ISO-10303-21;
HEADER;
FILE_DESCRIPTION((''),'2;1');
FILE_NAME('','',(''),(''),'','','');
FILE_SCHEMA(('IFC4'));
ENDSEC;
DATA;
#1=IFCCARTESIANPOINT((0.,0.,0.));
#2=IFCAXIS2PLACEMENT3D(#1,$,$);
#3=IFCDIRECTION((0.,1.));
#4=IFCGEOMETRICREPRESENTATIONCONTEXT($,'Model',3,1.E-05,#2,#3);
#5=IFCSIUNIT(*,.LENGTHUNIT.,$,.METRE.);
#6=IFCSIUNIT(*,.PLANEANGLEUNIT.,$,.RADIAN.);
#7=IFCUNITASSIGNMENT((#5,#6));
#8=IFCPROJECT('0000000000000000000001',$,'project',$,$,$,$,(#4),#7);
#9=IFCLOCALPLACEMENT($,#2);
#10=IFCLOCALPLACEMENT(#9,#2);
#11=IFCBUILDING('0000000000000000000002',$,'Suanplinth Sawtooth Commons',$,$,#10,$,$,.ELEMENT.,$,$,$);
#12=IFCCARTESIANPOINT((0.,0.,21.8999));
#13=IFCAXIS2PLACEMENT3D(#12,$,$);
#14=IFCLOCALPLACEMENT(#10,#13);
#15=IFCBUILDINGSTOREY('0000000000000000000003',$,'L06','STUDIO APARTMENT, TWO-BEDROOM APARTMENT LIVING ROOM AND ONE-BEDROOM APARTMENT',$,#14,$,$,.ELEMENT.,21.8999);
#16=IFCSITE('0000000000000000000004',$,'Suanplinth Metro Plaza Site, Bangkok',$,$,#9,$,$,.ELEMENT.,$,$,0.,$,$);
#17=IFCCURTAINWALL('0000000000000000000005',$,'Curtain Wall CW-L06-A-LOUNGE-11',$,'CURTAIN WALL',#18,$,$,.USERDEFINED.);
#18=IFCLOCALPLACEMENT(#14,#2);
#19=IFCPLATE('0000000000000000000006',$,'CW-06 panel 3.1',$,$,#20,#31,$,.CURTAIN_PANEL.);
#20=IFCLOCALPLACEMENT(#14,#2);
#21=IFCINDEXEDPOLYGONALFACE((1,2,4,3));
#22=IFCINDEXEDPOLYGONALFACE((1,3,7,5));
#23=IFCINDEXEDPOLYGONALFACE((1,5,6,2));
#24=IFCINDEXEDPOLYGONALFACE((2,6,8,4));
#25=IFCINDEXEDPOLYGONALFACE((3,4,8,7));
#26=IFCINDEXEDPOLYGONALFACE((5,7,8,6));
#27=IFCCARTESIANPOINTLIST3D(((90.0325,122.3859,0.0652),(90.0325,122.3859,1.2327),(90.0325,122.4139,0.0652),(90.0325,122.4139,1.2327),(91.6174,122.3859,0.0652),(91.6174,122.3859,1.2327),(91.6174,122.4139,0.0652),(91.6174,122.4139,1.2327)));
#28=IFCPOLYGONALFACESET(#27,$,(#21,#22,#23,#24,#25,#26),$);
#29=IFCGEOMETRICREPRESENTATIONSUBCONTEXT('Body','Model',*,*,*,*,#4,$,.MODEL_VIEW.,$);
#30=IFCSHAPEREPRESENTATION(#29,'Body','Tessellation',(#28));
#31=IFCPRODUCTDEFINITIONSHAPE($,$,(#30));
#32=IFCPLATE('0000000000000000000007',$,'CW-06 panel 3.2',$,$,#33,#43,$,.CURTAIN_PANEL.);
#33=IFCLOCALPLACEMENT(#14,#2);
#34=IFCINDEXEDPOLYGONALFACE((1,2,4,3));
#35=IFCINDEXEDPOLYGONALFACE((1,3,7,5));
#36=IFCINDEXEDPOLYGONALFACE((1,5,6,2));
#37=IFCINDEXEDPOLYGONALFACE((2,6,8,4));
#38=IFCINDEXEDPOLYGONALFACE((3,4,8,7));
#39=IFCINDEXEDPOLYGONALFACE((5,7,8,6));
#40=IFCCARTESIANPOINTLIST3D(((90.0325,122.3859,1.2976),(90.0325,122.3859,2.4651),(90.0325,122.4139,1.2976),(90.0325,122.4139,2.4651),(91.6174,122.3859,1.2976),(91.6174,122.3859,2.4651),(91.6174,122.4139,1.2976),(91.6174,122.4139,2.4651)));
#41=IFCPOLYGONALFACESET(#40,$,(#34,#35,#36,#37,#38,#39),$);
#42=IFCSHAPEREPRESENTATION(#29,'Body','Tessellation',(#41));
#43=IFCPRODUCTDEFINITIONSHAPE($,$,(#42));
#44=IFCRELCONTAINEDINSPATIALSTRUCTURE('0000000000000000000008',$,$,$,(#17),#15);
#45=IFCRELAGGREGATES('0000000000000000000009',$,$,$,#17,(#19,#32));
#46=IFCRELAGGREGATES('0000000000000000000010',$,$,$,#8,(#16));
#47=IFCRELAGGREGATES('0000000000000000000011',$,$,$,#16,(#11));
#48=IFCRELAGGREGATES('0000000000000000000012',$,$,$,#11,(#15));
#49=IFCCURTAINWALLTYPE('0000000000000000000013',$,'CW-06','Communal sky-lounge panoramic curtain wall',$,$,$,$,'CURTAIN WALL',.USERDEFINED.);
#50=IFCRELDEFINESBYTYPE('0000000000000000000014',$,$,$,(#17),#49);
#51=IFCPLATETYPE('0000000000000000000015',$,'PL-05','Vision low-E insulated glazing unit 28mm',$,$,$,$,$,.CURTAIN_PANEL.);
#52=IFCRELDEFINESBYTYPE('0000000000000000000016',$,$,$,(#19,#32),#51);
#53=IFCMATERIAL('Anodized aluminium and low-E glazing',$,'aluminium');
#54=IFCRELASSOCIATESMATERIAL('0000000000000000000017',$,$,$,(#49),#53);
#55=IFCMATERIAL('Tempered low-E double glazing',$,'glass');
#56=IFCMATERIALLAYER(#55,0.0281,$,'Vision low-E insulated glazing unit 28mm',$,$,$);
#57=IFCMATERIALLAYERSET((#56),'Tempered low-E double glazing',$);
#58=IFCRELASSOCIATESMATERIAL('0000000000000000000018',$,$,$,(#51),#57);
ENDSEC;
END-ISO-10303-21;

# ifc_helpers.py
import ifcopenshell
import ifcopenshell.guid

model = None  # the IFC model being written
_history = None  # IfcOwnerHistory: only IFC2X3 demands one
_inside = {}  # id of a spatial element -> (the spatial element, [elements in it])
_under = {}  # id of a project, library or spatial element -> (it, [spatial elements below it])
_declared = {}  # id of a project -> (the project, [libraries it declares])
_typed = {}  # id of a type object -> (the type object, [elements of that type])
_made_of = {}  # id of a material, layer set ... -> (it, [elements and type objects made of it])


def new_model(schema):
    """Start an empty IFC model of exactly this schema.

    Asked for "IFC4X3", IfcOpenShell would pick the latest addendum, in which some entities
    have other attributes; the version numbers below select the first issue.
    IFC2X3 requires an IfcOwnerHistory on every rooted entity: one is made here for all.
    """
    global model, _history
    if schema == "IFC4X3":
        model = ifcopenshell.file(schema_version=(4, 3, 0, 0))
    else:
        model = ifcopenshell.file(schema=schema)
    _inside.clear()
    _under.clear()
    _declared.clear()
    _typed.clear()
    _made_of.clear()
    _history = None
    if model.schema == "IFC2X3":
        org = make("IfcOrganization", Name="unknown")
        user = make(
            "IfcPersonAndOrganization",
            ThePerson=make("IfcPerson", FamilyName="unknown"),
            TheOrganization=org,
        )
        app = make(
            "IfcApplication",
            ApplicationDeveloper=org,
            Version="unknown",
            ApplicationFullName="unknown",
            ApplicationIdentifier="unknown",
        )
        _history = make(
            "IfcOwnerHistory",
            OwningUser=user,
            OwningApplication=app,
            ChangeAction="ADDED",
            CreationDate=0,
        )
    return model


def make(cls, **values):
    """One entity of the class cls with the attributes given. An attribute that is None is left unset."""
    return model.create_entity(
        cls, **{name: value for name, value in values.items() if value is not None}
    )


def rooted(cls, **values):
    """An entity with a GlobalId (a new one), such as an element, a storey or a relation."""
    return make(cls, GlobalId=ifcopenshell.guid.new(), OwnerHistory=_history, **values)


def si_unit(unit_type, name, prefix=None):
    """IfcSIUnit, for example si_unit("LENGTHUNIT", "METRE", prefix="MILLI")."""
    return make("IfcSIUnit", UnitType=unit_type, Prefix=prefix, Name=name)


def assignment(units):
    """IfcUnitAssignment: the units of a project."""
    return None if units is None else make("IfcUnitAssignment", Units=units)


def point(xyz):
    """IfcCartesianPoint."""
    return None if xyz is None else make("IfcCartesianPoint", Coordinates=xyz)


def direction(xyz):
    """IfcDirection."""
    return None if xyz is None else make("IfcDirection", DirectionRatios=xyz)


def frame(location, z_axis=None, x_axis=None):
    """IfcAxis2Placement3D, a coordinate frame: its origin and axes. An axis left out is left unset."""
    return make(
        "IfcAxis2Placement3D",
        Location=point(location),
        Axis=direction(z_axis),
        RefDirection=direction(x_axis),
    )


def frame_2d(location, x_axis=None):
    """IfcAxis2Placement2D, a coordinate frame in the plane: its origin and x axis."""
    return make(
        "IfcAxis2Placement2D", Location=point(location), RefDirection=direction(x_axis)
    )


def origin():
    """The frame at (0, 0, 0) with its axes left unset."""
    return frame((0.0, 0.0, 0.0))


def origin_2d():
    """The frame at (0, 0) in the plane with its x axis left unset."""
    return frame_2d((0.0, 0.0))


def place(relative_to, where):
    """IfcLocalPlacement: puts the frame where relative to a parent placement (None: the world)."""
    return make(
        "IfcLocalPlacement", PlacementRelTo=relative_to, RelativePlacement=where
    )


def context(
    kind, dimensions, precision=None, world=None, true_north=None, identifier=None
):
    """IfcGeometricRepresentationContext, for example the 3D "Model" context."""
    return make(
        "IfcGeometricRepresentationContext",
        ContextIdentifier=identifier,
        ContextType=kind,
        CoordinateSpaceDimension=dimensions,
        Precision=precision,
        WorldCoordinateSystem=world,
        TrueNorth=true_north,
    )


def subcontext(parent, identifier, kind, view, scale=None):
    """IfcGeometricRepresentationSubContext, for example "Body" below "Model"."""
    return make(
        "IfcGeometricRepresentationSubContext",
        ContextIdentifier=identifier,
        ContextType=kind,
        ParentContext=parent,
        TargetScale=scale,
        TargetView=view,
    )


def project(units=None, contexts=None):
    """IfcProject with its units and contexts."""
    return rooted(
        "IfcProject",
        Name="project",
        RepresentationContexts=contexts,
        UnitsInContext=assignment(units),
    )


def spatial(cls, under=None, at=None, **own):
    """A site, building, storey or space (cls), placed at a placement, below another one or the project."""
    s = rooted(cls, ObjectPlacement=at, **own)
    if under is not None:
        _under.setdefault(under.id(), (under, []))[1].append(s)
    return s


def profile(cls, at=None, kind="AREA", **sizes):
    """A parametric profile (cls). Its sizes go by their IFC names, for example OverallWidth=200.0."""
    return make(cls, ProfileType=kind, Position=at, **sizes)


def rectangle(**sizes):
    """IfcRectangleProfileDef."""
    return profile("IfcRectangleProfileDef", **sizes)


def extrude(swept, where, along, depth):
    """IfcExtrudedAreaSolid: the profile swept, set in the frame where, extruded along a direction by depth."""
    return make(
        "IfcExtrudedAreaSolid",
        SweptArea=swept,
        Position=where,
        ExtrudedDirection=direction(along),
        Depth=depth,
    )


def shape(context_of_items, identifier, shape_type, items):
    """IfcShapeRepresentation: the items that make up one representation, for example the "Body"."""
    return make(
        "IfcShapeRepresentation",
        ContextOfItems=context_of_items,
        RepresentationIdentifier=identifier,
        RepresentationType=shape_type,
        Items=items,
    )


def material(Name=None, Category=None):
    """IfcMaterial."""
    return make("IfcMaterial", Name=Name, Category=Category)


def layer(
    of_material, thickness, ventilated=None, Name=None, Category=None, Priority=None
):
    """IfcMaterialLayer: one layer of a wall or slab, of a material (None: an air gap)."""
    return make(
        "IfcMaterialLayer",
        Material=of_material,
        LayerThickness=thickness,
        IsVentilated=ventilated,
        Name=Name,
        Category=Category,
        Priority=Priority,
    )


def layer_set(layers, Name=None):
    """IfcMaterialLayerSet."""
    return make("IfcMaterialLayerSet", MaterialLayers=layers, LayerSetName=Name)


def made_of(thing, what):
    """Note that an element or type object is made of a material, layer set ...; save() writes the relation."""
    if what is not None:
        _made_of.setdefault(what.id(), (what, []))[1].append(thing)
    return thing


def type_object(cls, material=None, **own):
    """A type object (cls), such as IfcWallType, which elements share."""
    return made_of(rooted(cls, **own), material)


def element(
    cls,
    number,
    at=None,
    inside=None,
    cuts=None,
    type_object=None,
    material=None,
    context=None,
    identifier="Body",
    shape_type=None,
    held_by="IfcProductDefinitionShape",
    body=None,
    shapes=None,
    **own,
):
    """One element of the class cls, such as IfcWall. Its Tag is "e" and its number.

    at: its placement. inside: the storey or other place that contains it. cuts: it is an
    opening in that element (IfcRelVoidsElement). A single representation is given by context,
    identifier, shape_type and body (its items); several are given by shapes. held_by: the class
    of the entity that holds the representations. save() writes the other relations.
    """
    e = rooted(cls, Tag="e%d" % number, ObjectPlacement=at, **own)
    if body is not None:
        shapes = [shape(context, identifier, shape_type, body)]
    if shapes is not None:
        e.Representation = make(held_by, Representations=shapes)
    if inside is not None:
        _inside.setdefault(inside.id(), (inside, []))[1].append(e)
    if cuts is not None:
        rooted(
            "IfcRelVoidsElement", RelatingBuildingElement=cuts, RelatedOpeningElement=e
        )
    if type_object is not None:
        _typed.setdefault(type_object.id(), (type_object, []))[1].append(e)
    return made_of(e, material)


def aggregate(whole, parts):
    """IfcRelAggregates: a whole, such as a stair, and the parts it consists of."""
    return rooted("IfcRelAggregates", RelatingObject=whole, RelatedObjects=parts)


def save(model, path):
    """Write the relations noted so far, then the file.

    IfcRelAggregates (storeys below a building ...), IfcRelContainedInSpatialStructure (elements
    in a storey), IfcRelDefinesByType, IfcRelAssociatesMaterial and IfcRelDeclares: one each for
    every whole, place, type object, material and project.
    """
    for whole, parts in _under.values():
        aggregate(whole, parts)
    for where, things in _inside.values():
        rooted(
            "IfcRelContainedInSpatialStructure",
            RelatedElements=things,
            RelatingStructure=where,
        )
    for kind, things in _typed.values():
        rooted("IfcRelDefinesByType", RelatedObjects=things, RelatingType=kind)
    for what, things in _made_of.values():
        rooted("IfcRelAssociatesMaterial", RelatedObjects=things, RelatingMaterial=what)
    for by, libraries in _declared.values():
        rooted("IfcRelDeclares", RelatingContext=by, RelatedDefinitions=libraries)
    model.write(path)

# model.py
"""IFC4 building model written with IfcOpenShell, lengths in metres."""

from ifc_helpers import new_model, si_unit, direction, frame, origin, origin_2d, place, context, subcontext, project, spatial, rectangle, extrude, material, layer, layer_set, type_object, element, aggregate, save


model = new_model("IFC4")

# Units and contexts
model_context = context("Model", 3, precision=1e-05, world=origin(), true_north=direction((0.0, 1.0)))
body_context = subcontext(model_context, "Body", "Model", "MODEL_VIEW")
ifc_project = project(units=[si_unit("LENGTHUNIT", "METRE"), si_unit("PLANEANGLEUNIT", "RADIAN")], contexts=[model_context])

# Site, building, storey
site_placement = place(None, origin())
site = spatial("IfcSite", under=ifc_project, at=site_placement, Name="Suanplinth Metro Plaza Site, Bangkok", CompositionType="ELEMENT", RefElevation=0.0)
building_placement = place(site_placement, origin())
building = spatial("IfcBuilding", under=site, at=building_placement, Name="Suanplinth Sawtooth Commons", CompositionType="ELEMENT")
storey_placement = place(building_placement, frame((0.0, 0.0, 21.8999)))
storey = spatial("IfcBuildingStorey", under=building, at=storey_placement, Name="L06", Description="STUDIO APARTMENT, TWO-BEDROOM APARTMENT LIVING ROOM AND ONE-BEDROOM APARTMENT", CompositionType="ELEMENT", Elevation=21.8999)

# Curtain wall
ifc_material_1 = material(Name="Anodized aluminium and low-E glazing", Category="aluminium")
curtain_wall_type = type_object("IfcCurtainWallType", Name="CW-06", Description="Communal sky-lounge panoramic curtain wall", ElementType="CURTAIN WALL", PredefinedType="USERDEFINED", material=ifc_material_1)
curtain_wall_placement = place(storey_placement, origin())
curtain_wall = element("IfcCurtainWall", 1, at=curtain_wall_placement, inside=storey, type_object=curtain_wall_type, Name="Curtain Wall CW-L06-A-LOUNGE-11", ObjectType="CURTAIN WALL", PredefinedType="USERDEFINED")

# Plates
ifc_material_2 = material(Name="Tempered low-E double glazing", Category="glass")
ifc_layer_1 = layer(ifc_material_2, 0.0281, Name="Vision low-E insulated glazing unit 28mm")
ifc_layer_set_1 = layer_set([ifc_layer_1], Name="Tempered low-E double glazing")
plate_type_1 = type_object("IfcPlateType", Name="PL-05", Description="Vision low-E insulated glazing unit 28mm", PredefinedType="CURTAIN_PANEL", material=ifc_layer_set_1)
plate_1_placement = place(storey_placement, frame((90.825, 122.3999, 0.0652), z_axis=(0.0, 0.0, 1.0), x_axis=(1.0, 0.0, 0.0)))
plate_1 = element("IfcPlate", 2, at=plate_1_placement, type_object=plate_type_1, Name="CW-06 panel 3.1", PredefinedType="CURTAIN_PANEL", context=body_context, shape_type="SweptSolid", body=[
    extrude(rectangle(XDim=1.585, YDim=0.0281, at=origin_2d()), origin(), (0.0, 0.0, 1.0), 1.1675),
])
plate_2_placement = place(storey_placement, frame((90.825, 122.3999, 1.2976), z_axis=(0.0, 0.0, 1.0), x_axis=(1.0, 0.0, 0.0)))
plate_2 = element("IfcPlate", 3, at=plate_2_placement, type_object=plate_type_1, Name="CW-06 panel 3.2", PredefinedType="CURTAIN_PANEL", context=body_context, shape_type="SweptSolid", body=[
    extrude(rectangle(XDim=1.585, YDim=0.0281, at=origin_2d()), origin(), (0.0, 0.0, 1.0), 1.1675),
])
aggregate(curtain_wall, [plate_1, plate_2])

save(model, "model.ifc")
